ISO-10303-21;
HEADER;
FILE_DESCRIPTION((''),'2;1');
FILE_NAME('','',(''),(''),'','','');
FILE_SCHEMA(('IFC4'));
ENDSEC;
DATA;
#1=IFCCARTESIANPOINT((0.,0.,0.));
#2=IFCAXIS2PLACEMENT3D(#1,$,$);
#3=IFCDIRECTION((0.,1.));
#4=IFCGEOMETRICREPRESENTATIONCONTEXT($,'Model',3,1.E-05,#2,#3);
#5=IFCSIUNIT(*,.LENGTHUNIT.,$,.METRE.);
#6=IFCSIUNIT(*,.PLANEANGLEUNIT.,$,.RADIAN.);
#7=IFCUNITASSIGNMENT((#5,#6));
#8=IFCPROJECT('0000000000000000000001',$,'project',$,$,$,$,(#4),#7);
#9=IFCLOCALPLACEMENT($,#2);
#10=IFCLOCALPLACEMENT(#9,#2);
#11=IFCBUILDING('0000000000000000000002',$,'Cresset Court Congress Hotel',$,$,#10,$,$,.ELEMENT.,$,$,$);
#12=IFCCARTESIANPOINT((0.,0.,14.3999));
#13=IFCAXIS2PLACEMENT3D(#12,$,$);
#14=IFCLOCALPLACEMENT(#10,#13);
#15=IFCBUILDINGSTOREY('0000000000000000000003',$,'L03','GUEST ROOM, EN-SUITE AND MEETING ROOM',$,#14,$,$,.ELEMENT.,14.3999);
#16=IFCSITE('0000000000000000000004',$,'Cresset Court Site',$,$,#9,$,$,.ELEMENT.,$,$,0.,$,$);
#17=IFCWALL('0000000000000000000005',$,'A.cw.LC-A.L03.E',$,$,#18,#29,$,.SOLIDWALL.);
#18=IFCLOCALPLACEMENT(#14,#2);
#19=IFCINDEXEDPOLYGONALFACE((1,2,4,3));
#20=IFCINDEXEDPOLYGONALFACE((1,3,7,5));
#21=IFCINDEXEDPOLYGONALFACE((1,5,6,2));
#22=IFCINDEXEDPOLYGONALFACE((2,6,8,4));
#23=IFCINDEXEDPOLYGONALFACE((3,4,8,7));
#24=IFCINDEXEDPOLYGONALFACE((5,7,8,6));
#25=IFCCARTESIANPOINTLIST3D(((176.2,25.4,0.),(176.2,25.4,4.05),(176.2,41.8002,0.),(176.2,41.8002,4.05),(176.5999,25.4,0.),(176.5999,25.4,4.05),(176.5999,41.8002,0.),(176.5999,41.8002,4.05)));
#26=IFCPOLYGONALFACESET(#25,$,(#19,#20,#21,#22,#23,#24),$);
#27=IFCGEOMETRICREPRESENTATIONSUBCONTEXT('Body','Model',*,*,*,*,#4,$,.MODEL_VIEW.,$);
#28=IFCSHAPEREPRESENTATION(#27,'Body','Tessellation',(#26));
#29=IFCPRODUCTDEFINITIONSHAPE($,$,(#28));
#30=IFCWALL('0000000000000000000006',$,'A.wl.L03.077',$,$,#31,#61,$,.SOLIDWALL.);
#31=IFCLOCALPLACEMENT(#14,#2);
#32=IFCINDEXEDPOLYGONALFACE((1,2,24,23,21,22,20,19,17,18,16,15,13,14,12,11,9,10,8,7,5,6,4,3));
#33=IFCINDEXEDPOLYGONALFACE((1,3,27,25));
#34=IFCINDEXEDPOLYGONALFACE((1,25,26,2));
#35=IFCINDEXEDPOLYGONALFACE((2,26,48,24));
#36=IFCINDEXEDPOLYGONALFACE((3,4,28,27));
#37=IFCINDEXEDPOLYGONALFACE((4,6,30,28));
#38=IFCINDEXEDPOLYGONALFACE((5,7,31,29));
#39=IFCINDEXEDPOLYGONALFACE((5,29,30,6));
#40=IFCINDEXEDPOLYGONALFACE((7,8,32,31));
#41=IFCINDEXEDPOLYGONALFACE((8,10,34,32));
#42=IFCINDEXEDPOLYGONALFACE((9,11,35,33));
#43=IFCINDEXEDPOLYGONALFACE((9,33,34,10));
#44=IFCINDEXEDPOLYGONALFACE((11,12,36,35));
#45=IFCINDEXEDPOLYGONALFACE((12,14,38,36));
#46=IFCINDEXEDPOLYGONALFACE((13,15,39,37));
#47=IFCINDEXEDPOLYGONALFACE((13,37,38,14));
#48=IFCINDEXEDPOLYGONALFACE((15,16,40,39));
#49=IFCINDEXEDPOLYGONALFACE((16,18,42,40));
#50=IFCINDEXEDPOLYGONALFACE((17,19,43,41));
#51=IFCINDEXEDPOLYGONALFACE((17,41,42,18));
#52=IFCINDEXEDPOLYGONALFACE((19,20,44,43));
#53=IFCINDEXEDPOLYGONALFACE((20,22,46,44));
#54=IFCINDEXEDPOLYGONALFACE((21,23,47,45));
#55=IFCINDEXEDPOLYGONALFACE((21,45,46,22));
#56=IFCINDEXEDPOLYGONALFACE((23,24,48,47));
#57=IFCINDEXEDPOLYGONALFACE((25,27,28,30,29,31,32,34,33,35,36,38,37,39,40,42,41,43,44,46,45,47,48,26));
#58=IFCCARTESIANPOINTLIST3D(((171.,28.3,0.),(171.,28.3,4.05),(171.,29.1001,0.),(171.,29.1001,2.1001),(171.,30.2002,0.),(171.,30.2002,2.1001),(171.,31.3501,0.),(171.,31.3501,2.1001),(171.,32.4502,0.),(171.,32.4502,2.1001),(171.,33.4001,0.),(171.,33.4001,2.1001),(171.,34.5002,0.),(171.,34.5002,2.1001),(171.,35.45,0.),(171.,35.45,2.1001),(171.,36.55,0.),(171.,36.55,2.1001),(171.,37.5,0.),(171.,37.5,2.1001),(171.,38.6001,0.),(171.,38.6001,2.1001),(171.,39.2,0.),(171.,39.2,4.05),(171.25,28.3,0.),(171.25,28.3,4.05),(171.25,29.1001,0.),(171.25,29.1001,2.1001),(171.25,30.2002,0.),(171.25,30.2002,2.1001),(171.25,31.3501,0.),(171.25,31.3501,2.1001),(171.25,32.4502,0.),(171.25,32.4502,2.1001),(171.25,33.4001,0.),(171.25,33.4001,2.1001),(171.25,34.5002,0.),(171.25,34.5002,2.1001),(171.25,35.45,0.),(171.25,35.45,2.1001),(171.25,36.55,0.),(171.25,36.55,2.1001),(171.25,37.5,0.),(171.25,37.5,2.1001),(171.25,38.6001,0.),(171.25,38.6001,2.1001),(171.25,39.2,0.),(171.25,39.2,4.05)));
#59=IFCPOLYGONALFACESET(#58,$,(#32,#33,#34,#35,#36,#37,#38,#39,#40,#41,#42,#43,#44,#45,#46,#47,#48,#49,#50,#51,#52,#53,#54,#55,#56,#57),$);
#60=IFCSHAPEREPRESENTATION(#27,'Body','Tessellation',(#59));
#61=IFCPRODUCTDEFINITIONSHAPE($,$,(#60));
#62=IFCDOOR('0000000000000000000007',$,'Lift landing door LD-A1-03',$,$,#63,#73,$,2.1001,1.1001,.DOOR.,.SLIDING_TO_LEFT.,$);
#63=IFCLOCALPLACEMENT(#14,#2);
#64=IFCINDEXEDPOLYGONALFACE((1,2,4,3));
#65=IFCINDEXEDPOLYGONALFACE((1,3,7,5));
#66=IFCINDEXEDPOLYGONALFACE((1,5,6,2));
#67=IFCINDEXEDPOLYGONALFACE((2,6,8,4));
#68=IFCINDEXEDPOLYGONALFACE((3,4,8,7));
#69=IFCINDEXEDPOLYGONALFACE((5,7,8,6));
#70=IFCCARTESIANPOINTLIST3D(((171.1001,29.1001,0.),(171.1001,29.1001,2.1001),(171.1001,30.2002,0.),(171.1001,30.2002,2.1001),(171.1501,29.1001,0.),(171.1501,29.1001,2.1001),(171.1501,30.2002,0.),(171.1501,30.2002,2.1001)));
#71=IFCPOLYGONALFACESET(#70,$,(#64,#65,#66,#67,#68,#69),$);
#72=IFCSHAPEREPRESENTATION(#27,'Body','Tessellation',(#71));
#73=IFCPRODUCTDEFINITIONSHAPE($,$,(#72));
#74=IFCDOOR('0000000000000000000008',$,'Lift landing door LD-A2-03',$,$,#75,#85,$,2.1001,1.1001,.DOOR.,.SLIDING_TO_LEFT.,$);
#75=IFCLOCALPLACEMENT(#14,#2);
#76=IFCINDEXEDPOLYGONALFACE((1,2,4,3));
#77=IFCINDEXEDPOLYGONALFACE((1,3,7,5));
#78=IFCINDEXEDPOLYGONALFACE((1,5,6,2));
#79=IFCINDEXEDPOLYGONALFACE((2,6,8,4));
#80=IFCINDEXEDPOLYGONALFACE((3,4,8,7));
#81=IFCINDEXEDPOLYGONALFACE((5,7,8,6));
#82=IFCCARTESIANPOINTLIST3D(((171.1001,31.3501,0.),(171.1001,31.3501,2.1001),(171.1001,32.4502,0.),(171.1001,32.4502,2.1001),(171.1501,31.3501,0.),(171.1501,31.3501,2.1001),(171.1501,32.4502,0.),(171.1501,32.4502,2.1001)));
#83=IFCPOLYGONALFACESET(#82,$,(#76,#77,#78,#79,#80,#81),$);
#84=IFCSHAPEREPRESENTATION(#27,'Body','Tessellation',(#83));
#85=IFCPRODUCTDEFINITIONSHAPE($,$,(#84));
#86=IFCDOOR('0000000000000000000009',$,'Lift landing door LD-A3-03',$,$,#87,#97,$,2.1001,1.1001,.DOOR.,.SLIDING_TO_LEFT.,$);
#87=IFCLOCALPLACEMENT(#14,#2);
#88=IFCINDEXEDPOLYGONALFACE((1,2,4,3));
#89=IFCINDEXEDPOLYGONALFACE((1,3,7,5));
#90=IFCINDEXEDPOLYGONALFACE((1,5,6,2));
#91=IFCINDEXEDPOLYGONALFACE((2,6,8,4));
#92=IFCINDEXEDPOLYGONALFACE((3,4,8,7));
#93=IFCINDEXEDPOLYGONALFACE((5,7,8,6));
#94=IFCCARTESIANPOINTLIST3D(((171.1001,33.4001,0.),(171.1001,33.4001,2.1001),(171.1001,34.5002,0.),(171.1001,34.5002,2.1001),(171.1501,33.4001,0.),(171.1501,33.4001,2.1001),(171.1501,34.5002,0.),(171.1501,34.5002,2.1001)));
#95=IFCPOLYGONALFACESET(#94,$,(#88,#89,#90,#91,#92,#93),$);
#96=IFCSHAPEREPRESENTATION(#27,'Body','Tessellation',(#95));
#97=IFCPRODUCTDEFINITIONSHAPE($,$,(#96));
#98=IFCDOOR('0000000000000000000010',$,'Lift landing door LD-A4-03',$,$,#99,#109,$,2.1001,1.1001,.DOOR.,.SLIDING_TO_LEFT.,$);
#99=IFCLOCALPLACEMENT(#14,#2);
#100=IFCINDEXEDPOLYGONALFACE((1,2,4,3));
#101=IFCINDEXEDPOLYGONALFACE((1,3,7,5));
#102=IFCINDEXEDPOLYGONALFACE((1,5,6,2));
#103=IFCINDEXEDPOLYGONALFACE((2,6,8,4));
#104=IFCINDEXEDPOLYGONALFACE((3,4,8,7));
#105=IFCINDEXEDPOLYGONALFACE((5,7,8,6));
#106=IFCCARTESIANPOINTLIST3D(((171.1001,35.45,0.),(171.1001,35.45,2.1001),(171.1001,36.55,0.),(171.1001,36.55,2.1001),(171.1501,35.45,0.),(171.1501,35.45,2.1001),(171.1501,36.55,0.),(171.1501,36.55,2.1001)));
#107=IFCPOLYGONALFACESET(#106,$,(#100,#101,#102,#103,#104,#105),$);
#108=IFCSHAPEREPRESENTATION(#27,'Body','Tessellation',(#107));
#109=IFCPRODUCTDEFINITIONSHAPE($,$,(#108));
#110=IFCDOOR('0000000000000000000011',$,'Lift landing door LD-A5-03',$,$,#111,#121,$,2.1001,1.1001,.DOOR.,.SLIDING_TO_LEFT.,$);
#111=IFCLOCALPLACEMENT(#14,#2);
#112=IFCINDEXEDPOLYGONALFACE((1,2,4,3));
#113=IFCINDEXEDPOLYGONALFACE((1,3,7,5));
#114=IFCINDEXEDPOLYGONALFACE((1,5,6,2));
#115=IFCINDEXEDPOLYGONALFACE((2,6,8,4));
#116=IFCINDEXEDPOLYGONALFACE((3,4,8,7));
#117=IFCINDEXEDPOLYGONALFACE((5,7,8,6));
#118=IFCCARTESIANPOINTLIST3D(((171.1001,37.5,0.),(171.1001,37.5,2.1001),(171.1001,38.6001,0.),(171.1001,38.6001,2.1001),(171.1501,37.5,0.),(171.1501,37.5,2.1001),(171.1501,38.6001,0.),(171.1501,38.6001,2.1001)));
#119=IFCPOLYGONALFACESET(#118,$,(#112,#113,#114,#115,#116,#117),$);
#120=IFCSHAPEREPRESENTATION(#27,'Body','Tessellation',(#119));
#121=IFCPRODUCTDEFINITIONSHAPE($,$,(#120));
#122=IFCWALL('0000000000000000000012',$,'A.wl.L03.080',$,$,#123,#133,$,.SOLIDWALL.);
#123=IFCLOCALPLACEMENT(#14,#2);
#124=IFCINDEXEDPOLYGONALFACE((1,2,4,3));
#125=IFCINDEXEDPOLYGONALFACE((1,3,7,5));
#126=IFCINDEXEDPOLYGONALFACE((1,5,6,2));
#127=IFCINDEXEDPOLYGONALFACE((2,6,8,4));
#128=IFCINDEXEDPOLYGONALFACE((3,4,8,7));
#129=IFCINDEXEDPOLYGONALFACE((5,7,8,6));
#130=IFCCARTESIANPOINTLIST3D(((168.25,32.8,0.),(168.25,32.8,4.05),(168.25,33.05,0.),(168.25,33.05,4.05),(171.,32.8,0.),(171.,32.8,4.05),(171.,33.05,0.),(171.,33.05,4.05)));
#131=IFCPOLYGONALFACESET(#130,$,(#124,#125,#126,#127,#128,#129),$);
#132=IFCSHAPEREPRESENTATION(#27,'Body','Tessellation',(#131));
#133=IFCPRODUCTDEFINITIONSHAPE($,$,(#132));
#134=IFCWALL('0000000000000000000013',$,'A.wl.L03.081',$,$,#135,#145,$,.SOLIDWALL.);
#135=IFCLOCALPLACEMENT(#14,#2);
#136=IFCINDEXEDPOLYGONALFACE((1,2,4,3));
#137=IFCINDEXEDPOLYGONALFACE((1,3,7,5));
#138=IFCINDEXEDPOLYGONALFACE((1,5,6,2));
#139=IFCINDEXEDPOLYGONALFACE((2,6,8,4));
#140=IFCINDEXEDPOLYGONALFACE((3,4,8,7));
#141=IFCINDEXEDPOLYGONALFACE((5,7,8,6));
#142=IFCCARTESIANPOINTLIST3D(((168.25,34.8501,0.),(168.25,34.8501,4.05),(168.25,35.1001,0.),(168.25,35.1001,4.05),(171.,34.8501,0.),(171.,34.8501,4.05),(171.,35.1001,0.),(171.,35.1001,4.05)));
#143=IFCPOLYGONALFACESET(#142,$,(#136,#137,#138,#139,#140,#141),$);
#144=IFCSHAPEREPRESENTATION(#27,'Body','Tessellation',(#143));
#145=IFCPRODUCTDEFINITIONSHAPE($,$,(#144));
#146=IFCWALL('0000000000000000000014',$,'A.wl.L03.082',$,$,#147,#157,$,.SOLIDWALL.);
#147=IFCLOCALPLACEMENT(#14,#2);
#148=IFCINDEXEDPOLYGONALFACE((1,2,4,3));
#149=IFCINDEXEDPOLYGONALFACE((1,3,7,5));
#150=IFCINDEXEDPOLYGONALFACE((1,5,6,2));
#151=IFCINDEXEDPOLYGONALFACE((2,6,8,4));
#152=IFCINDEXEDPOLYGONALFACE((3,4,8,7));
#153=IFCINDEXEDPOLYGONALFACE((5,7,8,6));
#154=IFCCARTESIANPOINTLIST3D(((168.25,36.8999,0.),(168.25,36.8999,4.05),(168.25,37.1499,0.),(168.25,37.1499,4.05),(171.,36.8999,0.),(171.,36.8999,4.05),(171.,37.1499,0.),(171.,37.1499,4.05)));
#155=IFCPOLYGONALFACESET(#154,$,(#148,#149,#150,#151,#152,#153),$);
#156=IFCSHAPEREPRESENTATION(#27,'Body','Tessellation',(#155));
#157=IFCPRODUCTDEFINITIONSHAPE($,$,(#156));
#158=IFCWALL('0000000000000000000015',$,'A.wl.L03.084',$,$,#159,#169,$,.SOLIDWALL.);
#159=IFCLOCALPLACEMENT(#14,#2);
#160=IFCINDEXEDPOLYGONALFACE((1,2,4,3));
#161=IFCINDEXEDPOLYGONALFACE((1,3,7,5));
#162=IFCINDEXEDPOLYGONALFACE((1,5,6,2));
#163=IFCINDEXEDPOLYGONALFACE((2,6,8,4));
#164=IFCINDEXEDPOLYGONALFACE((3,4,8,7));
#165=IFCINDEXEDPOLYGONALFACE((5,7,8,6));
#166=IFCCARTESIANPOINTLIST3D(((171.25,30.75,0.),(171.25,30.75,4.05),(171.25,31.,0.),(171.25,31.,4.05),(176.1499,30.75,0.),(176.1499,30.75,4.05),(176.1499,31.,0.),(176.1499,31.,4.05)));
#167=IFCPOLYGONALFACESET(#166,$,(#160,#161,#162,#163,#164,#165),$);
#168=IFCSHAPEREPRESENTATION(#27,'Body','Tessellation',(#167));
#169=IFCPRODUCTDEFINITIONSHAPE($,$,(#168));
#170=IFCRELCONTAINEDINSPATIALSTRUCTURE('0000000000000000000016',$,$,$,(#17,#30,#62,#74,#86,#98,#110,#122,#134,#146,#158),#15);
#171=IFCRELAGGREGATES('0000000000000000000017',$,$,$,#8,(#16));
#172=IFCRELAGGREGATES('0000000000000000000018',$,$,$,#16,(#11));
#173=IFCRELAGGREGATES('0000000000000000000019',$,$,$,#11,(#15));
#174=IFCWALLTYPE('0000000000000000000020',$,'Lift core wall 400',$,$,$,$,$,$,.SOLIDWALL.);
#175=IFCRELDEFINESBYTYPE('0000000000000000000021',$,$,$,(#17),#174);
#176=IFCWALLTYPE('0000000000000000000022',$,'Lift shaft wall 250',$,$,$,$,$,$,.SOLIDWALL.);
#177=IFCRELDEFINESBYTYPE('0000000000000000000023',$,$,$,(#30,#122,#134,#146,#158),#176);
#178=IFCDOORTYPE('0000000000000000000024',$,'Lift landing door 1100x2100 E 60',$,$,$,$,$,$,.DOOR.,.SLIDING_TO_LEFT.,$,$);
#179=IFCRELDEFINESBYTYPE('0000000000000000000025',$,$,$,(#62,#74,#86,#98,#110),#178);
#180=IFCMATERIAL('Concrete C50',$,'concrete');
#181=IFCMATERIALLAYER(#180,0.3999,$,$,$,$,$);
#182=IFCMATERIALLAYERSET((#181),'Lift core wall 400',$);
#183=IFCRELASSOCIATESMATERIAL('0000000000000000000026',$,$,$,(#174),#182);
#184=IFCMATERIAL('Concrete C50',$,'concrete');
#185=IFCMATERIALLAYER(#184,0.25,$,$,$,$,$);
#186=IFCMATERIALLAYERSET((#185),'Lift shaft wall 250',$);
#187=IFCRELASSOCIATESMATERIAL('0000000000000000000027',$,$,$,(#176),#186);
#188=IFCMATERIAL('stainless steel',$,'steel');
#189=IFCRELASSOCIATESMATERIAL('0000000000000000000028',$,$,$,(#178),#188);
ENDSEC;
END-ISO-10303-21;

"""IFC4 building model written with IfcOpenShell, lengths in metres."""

from ifc_helpers import new_model, si_unit, direction, frame, frame_2d, origin, place, context, subcontext, project, spatial, rectangle, extrude, material, layer, layer_set, type_object, element, fill, save


model = new_model("IFC4")

# Units and contexts
model_context = context("Model", 3, precision=1e-05, world=origin(), true_north=direction((0.0, 1.0)))
body_context = subcontext(model_context, "Body", "Model", "MODEL_VIEW")
ifc_project = project(units=[si_unit("LENGTHUNIT", "METRE"), si_unit("PLANEANGLEUNIT", "RADIAN")], contexts=[model_context])

# Site, building, storey
site_placement = place(None, origin())
site = spatial("IfcSite", under=ifc_project, at=site_placement, Name="Cresset Court Site", CompositionType="ELEMENT", RefElevation=0.0)
building_placement = place(site_placement, origin())
building = spatial("IfcBuilding", under=site, at=building_placement, Name="Cresset Court Congress Hotel", CompositionType="ELEMENT")
storey_placement = place(building_placement, frame((0.0, 0.0, 14.3999)))
storey = spatial("IfcBuildingStorey", under=building, at=storey_placement, Name="L03", Description="GUEST ROOM, EN-SUITE AND MEETING ROOM", CompositionType="ELEMENT", Elevation=14.3999)

# Wall
ifc_material_1 = material(Name="Concrete C50", Category="concrete")
ifc_layer_1 = layer(ifc_material_1, 0.3999)
ifc_layer_set_1 = layer_set([ifc_layer_1], Name="Lift core wall 400")
wall_type_1 = type_object("IfcWallType", Name="Lift core wall 400", PredefinedType="SOLIDWALL", material=ifc_layer_set_1)
wall_1_placement = place(storey_placement, frame((176.3999, 25.3999, 0.0), z_axis=(0.0, 0.0, 1.0), x_axis=(0.0, 1.0, 0.0)))
element("IfcWall", 1, at=wall_1_placement, inside=storey, type_object=wall_type_1, Name="A.cw.LC-A.L03.E", PredefinedType="SOLIDWALL", context=body_context, shape_type="SweptSolid", body=[
    extrude(rectangle(XDim=16.4001, YDim=0.3999, at=frame_2d((8.2002, 0.0))), origin(), (0.0, 0.0, 1.0), 4.05),
])

# Wall, openings, doors
ifc_material_2 = material(Name="Concrete C50", Category="concrete")
ifc_layer_2 = layer(ifc_material_2, 0.25)
ifc_layer_set_2 = layer_set([ifc_layer_2], Name="Lift shaft wall 250")
wall_type_2 = type_object("IfcWallType", Name="Lift shaft wall 250", PredefinedType="SOLIDWALL", material=ifc_layer_set_2)
wall_2_placement = place(storey_placement, frame((171.125, 28.3, 0.0), z_axis=(0.0, 0.0, 1.0), x_axis=(0.0, 1.0, 0.0)))
wall_2 = element("IfcWall", 2, at=wall_2_placement, inside=storey, type_object=wall_type_2, Name="A.wl.L03.077", PredefinedType="SOLIDWALL", context=body_context, shape_type="SweptSolid", body=[
    extrude(rectangle(XDim=10.8999, YDim=0.25, at=frame_2d((5.45, 0.0))), origin(), (0.0, 0.0, 1.0), 4.05),
])
opening_1_placement = place(wall_2_placement, frame((0.8, 0.0, 0.0)))
opening_1 = element("IfcOpeningElement", 3, at=opening_1_placement, cuts=wall_2, PredefinedType="OPENING", context=body_context, shape_type="SweptSolid", body=[
    extrude(rectangle(XDim=1.1001, YDim=2.1001, at=frame_2d((0.55, 1.05))), frame((0.0, 0.135, 0.0), z_axis=(0.0, -1.0, 0.0), x_axis=(1.0, 0.0, 0.0)), (0.0, 0.0, 1.0), 0.27),
])
opening_2_placement = place(wall_2_placement, frame((3.05, 0.0, 0.0)))
opening_2 = element("IfcOpeningElement", 4, at=opening_2_placement, cuts=wall_2, PredefinedType="OPENING", context=body_context, shape_type="SweptSolid", body=[
    extrude(rectangle(XDim=1.1001, YDim=2.1001, at=frame_2d((0.55, 1.05))), frame((0.0, 0.135, 0.0), z_axis=(0.0, -1.0, 0.0), x_axis=(1.0, 0.0, 0.0)), (0.0, 0.0, 1.0), 0.27),
])
opening_3_placement = place(wall_2_placement, frame((5.1001, 0.0, 0.0)))
opening_3 = element("IfcOpeningElement", 5, at=opening_3_placement, cuts=wall_2, PredefinedType="OPENING", context=body_context, shape_type="SweptSolid", body=[
    extrude(rectangle(XDim=1.1001, YDim=2.1001, at=frame_2d((0.55, 1.05))), frame((0.0, 0.135, 0.0), z_axis=(0.0, -1.0, 0.0), x_axis=(1.0, 0.0, 0.0)), (0.0, 0.0, 1.0), 0.27),
])
opening_4_placement = place(wall_2_placement, frame((7.1499, 0.0, 0.0)))
opening_4 = element("IfcOpeningElement", 6, at=opening_4_placement, cuts=wall_2, PredefinedType="OPENING", context=body_context, shape_type="SweptSolid", body=[
    extrude(rectangle(XDim=1.1001, YDim=2.1001, at=frame_2d((0.55, 1.05))), frame((0.0, 0.135, 0.0), z_axis=(0.0, -1.0, 0.0), x_axis=(1.0, 0.0, 0.0)), (0.0, 0.0, 1.0), 0.27),
])
opening_5_placement = place(wall_2_placement, frame((9.2, 0.0, 0.0)))
opening_5 = element("IfcOpeningElement", 7, at=opening_5_placement, cuts=wall_2, PredefinedType="OPENING", context=body_context, shape_type="SweptSolid", body=[
    extrude(rectangle(XDim=1.1001, YDim=2.1001, at=frame_2d((0.55, 1.05))), frame((0.0, 0.135, 0.0), z_axis=(0.0, -1.0, 0.0), x_axis=(1.0, 0.0, 0.0)), (0.0, 0.0, 1.0), 0.27),
])
ifc_material_3 = material(Name="stainless steel", Category="steel")
door_type = type_object("IfcDoorType", Name="Lift landing door 1100x2100 E 60", OperationType="SLIDING_TO_LEFT", PredefinedType="DOOR", material=ifc_material_3)
door_1_placement = place(opening_1_placement, origin())
door_1 = element("IfcDoor", 8, at=door_1_placement, inside=storey, type_object=door_type, Name="Lift landing door LD-A1-03", OperationType="SLIDING_TO_LEFT", OverallHeight=2.1001, OverallWidth=1.1001, PredefinedType="DOOR", context=body_context, shape_type="SweptSolid", body=[
    extrude(rectangle(XDim=1.1001, YDim=2.1001, at=frame_2d((0.55, 1.05))), frame((0.0, 0.0249, 0.0), z_axis=(0.0, -1.0, 0.0), x_axis=(1.0, 0.0, 0.0)), (0.0, 0.0, 1.0), 0.05),
])
fill(opening_1, door_1)
door_2_placement = place(opening_2_placement, origin())
door_2 = element("IfcDoor", 9, at=door_2_placement, inside=storey, type_object=door_type, Name="Lift landing door LD-A2-03", OperationType="SLIDING_TO_LEFT", OverallHeight=2.1001, OverallWidth=1.1001, PredefinedType="DOOR", context=body_context, shape_type="SweptSolid", body=[
    extrude(rectangle(XDim=1.1001, YDim=2.1001, at=frame_2d((0.55, 1.05))), frame((0.0, 0.0249, 0.0), z_axis=(0.0, -1.0, 0.0), x_axis=(1.0, 0.0, 0.0)), (0.0, 0.0, 1.0), 0.05),
])
fill(opening_2, door_2)
door_3_placement = place(opening_3_placement, origin())
door_3 = element("IfcDoor", 10, at=door_3_placement, inside=storey, type_object=door_type, Name="Lift landing door LD-A3-03", OperationType="SLIDING_TO_LEFT", OverallHeight=2.1001, OverallWidth=1.1001, PredefinedType="DOOR", context=body_context, shape_type="SweptSolid", body=[
    extrude(rectangle(XDim=1.1001, YDim=2.1001, at=frame_2d((0.55, 1.05))), frame((0.0, 0.0249, 0.0), z_axis=(0.0, -1.0, 0.0), x_axis=(1.0, 0.0, 0.0)), (0.0, 0.0, 1.0), 0.05),
])
fill(opening_3, door_3)
door_4_placement = place(opening_4_placement, origin())
door_4 = element("IfcDoor", 11, at=door_4_placement, inside=storey, type_object=door_type, Name="Lift landing door LD-A4-03", OperationType="SLIDING_TO_LEFT", OverallHeight=2.1001, OverallWidth=1.1001, PredefinedType="DOOR", context=body_context, shape_type="SweptSolid", body=[
    extrude(rectangle(XDim=1.1001, YDim=2.1001, at=frame_2d((0.55, 1.05))), frame((0.0, 0.0249, 0.0), z_axis=(0.0, -1.0, 0.0), x_axis=(1.0, 0.0, 0.0)), (0.0, 0.0, 1.0), 0.05),
])
fill(opening_4, door_4)
door_5_placement = place(opening_5_placement, origin())
door_5 = element("IfcDoor", 12, at=door_5_placement, inside=storey, type_object=door_type, Name="Lift landing door LD-A5-03", OperationType="SLIDING_TO_LEFT", OverallHeight=2.1001, OverallWidth=1.1001, PredefinedType="DOOR", context=body_context, shape_type="SweptSolid", body=[
    extrude(rectangle(XDim=1.1001, YDim=2.1001, at=frame_2d((0.55, 1.05))), frame((0.0, 0.0249, 0.0), z_axis=(0.0, -1.0, 0.0), x_axis=(1.0, 0.0, 0.0)), (0.0, 0.0, 1.0), 0.05),
])
fill(opening_5, door_5)

# Walls
for number, where, z_axis, x_axis, name in (
    (13, (168.25, 32.925, 0.0), (0.0, 0.0, 1.0), (1.0, 0.0, 0.0), "A.wl.L03.080"),
    (14, (168.25, 34.9751, 0.0), (0.0, 0.0, 1.0), (1.0, 0.0, 0.0), "A.wl.L03.081"),
    (15, (168.25, 37.0249, 0.0), (0.0, 0.0, 1.0), (1.0, 0.0, 0.0), "A.wl.L03.082"),
):
    element("IfcWall", number, at=place(storey_placement, frame(where, z_axis=z_axis, x_axis=x_axis)), inside=storey, type_object=wall_type_2, Name=name, PredefinedType="SOLIDWALL", context=body_context, shape_type="SweptSolid", body=[
        extrude(rectangle(XDim=2.75, YDim=0.25, at=frame_2d((1.375, 0.0))), origin(), (0.0, 0.0, 1.0), 4.05),
    ])
wall_3_placement = place(storey_placement, frame((171.25, 30.875, 0.0), z_axis=(0.0, 0.0, 1.0), x_axis=(1.0, 0.0, 0.0)))
element("IfcWall", 16, at=wall_3_placement, inside=storey, type_object=wall_type_2, Name="A.wl.L03.084", PredefinedType="SOLIDWALL", context=body_context, shape_type="SweptSolid", body=[
    extrude(rectangle(XDim=4.8999, YDim=0.25, at=frame_2d((2.45, 0.0))), origin(), (0.0, 0.0, 1.0), 4.05),
])

save(model, "model.ifc")
